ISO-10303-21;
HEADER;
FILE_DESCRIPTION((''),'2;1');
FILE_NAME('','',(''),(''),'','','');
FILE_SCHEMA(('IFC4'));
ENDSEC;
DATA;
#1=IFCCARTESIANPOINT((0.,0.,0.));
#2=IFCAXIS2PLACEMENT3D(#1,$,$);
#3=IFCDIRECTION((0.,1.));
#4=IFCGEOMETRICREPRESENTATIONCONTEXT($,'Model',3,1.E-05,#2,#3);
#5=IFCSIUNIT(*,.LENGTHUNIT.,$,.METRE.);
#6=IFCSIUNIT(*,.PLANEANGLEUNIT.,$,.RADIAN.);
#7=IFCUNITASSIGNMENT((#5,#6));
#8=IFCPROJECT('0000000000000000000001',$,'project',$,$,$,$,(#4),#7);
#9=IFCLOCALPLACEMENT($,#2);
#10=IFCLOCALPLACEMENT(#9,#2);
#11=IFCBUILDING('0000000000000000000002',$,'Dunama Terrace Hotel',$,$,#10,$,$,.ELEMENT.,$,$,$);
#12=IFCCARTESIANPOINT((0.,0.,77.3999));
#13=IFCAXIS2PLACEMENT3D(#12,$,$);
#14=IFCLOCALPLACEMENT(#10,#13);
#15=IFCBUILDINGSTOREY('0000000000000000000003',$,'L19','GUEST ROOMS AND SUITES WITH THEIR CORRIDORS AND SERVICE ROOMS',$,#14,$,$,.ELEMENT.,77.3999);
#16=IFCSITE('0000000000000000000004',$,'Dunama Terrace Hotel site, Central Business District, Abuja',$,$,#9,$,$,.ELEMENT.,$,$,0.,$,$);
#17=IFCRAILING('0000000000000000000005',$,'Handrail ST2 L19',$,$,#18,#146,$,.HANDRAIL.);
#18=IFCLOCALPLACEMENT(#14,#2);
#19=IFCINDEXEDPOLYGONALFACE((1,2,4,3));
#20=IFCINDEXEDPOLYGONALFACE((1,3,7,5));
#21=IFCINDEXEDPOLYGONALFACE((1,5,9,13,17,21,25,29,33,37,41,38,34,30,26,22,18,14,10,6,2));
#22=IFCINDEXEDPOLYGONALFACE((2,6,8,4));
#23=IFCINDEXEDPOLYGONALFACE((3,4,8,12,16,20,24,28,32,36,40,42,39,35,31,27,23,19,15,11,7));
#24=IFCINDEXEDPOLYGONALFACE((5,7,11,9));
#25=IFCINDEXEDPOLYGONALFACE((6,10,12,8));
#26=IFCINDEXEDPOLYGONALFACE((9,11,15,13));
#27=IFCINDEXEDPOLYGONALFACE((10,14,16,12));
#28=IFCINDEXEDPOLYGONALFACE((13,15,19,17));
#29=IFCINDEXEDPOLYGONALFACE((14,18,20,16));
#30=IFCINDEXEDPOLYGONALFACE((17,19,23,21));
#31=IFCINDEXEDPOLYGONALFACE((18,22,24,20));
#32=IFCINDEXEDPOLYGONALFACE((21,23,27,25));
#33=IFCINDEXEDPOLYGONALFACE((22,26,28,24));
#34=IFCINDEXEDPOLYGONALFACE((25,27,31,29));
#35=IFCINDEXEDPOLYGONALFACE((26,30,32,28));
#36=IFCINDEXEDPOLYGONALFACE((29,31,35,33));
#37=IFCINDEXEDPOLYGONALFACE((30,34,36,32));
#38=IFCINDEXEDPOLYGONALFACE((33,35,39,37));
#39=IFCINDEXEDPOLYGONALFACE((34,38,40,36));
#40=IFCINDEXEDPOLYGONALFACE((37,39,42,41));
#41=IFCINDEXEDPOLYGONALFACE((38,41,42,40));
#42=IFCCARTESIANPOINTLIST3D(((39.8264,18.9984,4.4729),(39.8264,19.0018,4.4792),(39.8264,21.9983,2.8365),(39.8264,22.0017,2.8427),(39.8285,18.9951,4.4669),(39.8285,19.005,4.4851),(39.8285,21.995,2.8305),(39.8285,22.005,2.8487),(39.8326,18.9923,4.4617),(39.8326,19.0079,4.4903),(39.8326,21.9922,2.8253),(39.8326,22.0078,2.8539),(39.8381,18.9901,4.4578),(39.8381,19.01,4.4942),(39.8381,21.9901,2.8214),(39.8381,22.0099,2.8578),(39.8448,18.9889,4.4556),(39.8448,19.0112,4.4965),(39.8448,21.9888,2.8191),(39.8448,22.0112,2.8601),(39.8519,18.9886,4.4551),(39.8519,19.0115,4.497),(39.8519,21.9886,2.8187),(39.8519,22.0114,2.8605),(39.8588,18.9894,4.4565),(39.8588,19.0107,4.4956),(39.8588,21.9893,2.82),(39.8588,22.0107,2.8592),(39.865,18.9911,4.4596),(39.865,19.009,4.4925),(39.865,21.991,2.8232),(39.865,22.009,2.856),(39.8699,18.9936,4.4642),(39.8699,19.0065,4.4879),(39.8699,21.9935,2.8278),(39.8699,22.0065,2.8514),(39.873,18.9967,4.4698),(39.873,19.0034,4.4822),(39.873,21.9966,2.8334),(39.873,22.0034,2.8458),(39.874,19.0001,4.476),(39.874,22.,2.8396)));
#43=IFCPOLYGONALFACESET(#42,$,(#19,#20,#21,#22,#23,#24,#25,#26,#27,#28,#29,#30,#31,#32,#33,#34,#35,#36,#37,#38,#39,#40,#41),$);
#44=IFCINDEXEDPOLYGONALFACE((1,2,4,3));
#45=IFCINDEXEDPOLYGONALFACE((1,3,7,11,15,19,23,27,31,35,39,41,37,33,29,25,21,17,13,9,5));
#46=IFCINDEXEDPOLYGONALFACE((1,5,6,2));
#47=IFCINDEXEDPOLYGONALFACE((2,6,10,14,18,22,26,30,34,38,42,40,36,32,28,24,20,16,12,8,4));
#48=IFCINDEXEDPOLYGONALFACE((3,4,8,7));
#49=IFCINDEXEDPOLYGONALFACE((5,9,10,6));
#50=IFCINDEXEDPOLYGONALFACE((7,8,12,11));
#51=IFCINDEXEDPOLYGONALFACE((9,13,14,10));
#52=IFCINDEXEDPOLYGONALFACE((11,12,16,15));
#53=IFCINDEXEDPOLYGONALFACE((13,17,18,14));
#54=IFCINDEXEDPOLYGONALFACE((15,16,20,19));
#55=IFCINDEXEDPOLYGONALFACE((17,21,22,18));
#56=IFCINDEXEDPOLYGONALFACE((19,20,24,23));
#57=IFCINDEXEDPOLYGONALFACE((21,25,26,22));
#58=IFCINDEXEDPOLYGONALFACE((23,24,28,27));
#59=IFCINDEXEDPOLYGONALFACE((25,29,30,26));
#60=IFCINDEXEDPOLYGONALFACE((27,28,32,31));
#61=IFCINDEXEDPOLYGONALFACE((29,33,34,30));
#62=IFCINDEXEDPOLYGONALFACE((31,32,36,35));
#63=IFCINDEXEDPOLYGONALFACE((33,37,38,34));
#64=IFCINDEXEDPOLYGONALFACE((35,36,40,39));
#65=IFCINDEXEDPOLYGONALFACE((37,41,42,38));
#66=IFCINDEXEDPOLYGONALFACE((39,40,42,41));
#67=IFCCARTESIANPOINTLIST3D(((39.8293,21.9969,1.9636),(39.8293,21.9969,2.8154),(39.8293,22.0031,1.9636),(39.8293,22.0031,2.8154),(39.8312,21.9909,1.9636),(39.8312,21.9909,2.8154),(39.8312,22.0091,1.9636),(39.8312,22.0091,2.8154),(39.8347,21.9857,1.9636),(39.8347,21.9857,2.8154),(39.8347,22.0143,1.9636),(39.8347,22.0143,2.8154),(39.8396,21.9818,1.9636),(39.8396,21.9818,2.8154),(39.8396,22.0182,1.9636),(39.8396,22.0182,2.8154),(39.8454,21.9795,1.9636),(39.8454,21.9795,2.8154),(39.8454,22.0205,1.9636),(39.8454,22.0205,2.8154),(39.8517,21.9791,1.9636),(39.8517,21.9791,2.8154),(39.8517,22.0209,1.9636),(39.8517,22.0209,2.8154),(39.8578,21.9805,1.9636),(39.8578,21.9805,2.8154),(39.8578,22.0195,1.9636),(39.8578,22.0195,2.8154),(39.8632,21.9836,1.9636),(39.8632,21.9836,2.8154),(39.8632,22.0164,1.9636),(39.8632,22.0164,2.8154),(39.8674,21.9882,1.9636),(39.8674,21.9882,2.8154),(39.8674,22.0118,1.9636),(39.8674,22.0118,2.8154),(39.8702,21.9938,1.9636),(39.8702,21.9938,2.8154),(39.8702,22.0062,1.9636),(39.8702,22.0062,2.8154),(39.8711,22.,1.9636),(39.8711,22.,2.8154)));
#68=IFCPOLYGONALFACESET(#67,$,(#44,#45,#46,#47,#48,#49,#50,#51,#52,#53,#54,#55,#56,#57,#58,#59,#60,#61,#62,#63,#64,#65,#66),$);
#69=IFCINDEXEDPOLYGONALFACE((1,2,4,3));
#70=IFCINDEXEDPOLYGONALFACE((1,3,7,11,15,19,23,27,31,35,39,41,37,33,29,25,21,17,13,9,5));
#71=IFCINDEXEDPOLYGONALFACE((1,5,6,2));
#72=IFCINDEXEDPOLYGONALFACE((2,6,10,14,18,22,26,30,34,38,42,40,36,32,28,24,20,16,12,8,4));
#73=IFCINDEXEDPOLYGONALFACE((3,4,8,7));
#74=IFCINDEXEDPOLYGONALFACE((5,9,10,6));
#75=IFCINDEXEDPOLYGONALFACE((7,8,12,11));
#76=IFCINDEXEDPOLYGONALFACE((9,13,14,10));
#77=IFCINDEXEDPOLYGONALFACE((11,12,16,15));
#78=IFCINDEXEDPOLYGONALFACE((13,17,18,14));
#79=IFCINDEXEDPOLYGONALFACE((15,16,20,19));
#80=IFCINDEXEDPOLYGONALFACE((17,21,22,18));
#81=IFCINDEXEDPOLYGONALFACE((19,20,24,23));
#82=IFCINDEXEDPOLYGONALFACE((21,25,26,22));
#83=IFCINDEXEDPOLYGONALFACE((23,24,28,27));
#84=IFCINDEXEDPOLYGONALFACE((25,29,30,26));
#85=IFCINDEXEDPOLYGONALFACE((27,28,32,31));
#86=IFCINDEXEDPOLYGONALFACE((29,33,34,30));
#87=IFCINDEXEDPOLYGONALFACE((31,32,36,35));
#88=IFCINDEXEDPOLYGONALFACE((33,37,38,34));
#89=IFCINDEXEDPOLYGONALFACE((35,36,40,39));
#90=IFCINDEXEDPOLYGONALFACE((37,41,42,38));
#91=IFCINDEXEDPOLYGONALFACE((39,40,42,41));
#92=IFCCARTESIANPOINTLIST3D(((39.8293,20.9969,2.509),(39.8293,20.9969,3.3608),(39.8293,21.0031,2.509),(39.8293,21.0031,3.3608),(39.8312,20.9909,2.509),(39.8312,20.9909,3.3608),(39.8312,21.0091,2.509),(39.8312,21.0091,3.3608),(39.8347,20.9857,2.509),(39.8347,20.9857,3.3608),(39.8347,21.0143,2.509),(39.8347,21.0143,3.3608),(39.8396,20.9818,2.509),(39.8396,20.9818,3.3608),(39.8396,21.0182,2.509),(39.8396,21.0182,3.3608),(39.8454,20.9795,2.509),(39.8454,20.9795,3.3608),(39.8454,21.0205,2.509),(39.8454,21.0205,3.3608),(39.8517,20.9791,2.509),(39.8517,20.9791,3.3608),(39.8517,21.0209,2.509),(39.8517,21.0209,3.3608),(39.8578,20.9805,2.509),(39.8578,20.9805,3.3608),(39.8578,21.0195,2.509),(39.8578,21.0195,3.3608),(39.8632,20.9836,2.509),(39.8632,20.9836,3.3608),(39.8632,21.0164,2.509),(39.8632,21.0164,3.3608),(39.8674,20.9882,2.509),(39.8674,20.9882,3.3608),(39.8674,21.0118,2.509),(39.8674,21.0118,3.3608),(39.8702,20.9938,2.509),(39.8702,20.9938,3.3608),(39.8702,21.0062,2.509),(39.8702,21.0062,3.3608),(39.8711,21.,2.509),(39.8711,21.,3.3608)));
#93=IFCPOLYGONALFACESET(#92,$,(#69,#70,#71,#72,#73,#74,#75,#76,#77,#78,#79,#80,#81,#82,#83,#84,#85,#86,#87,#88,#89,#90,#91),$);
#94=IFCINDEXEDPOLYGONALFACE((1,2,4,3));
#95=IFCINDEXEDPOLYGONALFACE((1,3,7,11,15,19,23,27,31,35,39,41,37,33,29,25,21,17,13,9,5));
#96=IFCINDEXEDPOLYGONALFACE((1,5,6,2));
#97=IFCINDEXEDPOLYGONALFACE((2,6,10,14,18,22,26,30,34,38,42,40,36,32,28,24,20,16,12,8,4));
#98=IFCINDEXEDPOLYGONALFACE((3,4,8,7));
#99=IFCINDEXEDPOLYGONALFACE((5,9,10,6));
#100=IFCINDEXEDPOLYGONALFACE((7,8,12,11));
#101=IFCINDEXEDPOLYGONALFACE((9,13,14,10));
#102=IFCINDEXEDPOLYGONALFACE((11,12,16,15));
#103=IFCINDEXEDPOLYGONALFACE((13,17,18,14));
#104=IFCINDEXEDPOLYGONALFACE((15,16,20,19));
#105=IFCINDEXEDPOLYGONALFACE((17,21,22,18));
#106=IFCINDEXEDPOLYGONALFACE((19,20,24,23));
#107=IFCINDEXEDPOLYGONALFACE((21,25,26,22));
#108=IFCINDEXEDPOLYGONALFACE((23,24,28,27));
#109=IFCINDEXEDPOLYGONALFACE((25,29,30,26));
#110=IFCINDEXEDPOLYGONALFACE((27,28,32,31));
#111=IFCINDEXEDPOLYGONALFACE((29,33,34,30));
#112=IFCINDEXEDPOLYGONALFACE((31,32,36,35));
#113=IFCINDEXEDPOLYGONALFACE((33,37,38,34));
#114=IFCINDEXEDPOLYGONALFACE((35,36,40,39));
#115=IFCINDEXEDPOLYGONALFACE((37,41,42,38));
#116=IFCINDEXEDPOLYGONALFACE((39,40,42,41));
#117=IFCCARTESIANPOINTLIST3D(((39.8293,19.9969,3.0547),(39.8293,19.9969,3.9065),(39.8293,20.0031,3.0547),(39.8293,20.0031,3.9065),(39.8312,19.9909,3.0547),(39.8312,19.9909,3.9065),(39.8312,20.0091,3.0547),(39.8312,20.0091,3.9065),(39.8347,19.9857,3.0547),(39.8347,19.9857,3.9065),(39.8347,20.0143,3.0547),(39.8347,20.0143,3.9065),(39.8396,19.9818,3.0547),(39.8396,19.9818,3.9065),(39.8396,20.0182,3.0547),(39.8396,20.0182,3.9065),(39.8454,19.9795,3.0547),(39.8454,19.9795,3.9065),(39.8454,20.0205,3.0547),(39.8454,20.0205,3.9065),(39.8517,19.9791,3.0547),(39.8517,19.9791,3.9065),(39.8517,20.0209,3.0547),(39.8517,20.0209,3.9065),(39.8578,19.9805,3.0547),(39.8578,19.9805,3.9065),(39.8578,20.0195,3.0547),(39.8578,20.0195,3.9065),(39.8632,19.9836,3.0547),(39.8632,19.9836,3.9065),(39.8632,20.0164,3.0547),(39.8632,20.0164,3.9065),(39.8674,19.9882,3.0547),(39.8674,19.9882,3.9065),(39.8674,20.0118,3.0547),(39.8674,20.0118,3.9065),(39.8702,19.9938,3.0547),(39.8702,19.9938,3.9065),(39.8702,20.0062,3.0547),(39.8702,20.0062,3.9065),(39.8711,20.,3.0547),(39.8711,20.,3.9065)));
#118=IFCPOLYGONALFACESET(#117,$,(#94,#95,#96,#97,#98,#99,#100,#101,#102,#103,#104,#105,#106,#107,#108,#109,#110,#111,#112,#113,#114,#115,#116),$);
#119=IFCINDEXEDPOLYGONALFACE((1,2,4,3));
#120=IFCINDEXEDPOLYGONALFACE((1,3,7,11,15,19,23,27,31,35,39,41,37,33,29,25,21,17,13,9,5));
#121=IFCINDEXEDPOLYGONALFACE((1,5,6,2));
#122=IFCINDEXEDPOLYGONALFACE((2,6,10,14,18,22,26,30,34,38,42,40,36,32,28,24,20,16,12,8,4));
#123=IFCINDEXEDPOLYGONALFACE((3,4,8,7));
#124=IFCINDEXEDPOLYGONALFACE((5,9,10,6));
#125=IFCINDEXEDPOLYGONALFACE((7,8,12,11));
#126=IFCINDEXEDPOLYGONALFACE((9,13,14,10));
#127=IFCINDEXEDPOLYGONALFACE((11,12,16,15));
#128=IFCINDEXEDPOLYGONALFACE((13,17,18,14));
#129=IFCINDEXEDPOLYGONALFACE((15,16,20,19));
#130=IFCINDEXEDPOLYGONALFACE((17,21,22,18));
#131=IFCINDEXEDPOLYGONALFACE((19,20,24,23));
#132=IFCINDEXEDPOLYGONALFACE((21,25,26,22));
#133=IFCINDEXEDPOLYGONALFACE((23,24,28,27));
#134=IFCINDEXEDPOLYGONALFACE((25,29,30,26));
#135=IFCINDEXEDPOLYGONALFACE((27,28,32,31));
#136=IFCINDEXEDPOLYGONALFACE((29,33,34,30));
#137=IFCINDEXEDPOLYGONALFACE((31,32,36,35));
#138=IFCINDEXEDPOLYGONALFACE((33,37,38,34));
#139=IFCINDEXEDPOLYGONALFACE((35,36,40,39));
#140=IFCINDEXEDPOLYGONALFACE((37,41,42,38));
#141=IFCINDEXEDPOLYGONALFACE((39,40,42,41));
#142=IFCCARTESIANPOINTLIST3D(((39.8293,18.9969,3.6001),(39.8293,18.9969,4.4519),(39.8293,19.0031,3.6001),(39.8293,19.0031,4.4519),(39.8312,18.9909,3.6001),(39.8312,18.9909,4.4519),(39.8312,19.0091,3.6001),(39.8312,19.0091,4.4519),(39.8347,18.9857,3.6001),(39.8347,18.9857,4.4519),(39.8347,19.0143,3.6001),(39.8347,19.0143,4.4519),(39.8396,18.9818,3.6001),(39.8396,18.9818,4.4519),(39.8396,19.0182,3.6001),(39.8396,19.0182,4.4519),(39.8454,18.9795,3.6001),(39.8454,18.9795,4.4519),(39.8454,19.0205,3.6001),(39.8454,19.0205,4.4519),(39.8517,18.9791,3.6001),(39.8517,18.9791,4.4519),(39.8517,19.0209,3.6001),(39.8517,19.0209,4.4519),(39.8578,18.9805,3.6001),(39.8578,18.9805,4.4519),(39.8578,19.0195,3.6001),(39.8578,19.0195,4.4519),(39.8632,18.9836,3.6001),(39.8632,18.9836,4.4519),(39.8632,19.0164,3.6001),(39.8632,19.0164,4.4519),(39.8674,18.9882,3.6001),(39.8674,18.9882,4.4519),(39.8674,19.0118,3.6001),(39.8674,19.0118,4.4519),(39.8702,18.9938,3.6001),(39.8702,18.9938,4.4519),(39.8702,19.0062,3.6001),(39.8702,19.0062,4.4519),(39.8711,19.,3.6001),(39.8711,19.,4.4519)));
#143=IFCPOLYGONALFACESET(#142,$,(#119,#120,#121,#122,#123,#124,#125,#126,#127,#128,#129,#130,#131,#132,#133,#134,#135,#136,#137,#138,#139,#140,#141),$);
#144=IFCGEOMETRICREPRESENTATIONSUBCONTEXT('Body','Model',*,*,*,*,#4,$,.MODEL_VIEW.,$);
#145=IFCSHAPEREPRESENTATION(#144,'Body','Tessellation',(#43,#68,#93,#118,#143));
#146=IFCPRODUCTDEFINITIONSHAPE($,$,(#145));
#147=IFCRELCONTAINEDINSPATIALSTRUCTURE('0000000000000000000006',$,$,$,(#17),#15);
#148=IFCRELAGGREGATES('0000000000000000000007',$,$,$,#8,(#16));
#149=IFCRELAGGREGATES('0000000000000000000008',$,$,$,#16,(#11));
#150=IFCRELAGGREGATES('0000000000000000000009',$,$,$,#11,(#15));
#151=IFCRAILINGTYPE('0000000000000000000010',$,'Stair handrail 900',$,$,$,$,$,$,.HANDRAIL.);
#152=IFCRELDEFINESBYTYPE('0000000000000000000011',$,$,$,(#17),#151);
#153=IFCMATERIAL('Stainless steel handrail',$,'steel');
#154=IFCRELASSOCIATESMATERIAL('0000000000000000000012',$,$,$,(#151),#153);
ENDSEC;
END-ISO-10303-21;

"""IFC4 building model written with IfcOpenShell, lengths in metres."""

from ifc_helpers import new_model, si_unit, direction, frame, origin, origin_2d, place, context, subcontext, project, spatial, circle, extrude, material, type_object, element, save


model = new_model("IFC4")

# Units and contexts
model_context = context("Model", 3, precision=1e-05, world=origin(), true_north=direction((0.0, 1.0)))
body_context = subcontext(model_context, "Body", "Model", "MODEL_VIEW")
ifc_project = project(units=[si_unit("LENGTHUNIT", "METRE"), si_unit("PLANEANGLEUNIT", "RADIAN")], contexts=[model_context])

# Site, building, storey
site_placement = place(None, origin())
site = spatial("IfcSite", under=ifc_project, at=site_placement, Name="Dunama Terrace Hotel site, Central Business District, Abuja", CompositionType="ELEMENT", RefElevation=0.0)
building_placement = place(site_placement, origin())
building = spatial("IfcBuilding", under=site, at=building_placement, Name="Dunama Terrace Hotel", CompositionType="ELEMENT")
storey_placement = place(building_placement, frame((0.0, 0.0, 77.3999)))
storey = spatial("IfcBuildingStorey", under=building, at=storey_placement, Name="L19", Description="GUEST ROOMS AND SUITES WITH THEIR CORRIDORS AND SERVICE ROOMS", CompositionType="ELEMENT", Elevation=77.3999)

# Railing
ifc_material_1 = material(Name="Stainless steel handrail", Category="steel")
railing_type = type_object("IfcRailingType", Name="Stair handrail 900", PredefinedType="HANDRAIL", material=ifc_material_1)
railing_1_placement = place(storey_placement, frame((39.8501, 22.0, 1.9636)))
element("IfcRailing", 1, at=railing_1_placement, inside=storey, type_object=railing_type, Name="Handrail ST2 L19", PredefinedType="HANDRAIL", context=body_context, shape_type="SweptSolid", body=[
    extrude(circle(Radius=0.0239, at=origin_2d()), frame((0.0, 0.0, 0.876), z_axis=(0.0, -0.877882, 0.478877), x_axis=(1.0, 0.0, 0.0)), (0.0, 0.0, 1.0), 3.4172),
    extrude(circle(Radius=0.021, at=origin_2d()), origin(), (0.0, 0.0, 1.0), 0.8518),
    extrude(circle(Radius=0.021, at=origin_2d()), frame((0.0, -1.0, 0.5454)), (0.0, 0.0, 1.0), 0.8518),
    extrude(circle(Radius=0.021, at=origin_2d()), frame((0.0, -2.0, 1.0911)), (0.0, 0.0, 1.0), 0.8518),
    extrude(circle(Radius=0.021, at=origin_2d()), frame((0.0, -3.0, 1.6365)), (0.0, 0.0, 1.0), 0.8518),
])

save(model, "model.ifc")
